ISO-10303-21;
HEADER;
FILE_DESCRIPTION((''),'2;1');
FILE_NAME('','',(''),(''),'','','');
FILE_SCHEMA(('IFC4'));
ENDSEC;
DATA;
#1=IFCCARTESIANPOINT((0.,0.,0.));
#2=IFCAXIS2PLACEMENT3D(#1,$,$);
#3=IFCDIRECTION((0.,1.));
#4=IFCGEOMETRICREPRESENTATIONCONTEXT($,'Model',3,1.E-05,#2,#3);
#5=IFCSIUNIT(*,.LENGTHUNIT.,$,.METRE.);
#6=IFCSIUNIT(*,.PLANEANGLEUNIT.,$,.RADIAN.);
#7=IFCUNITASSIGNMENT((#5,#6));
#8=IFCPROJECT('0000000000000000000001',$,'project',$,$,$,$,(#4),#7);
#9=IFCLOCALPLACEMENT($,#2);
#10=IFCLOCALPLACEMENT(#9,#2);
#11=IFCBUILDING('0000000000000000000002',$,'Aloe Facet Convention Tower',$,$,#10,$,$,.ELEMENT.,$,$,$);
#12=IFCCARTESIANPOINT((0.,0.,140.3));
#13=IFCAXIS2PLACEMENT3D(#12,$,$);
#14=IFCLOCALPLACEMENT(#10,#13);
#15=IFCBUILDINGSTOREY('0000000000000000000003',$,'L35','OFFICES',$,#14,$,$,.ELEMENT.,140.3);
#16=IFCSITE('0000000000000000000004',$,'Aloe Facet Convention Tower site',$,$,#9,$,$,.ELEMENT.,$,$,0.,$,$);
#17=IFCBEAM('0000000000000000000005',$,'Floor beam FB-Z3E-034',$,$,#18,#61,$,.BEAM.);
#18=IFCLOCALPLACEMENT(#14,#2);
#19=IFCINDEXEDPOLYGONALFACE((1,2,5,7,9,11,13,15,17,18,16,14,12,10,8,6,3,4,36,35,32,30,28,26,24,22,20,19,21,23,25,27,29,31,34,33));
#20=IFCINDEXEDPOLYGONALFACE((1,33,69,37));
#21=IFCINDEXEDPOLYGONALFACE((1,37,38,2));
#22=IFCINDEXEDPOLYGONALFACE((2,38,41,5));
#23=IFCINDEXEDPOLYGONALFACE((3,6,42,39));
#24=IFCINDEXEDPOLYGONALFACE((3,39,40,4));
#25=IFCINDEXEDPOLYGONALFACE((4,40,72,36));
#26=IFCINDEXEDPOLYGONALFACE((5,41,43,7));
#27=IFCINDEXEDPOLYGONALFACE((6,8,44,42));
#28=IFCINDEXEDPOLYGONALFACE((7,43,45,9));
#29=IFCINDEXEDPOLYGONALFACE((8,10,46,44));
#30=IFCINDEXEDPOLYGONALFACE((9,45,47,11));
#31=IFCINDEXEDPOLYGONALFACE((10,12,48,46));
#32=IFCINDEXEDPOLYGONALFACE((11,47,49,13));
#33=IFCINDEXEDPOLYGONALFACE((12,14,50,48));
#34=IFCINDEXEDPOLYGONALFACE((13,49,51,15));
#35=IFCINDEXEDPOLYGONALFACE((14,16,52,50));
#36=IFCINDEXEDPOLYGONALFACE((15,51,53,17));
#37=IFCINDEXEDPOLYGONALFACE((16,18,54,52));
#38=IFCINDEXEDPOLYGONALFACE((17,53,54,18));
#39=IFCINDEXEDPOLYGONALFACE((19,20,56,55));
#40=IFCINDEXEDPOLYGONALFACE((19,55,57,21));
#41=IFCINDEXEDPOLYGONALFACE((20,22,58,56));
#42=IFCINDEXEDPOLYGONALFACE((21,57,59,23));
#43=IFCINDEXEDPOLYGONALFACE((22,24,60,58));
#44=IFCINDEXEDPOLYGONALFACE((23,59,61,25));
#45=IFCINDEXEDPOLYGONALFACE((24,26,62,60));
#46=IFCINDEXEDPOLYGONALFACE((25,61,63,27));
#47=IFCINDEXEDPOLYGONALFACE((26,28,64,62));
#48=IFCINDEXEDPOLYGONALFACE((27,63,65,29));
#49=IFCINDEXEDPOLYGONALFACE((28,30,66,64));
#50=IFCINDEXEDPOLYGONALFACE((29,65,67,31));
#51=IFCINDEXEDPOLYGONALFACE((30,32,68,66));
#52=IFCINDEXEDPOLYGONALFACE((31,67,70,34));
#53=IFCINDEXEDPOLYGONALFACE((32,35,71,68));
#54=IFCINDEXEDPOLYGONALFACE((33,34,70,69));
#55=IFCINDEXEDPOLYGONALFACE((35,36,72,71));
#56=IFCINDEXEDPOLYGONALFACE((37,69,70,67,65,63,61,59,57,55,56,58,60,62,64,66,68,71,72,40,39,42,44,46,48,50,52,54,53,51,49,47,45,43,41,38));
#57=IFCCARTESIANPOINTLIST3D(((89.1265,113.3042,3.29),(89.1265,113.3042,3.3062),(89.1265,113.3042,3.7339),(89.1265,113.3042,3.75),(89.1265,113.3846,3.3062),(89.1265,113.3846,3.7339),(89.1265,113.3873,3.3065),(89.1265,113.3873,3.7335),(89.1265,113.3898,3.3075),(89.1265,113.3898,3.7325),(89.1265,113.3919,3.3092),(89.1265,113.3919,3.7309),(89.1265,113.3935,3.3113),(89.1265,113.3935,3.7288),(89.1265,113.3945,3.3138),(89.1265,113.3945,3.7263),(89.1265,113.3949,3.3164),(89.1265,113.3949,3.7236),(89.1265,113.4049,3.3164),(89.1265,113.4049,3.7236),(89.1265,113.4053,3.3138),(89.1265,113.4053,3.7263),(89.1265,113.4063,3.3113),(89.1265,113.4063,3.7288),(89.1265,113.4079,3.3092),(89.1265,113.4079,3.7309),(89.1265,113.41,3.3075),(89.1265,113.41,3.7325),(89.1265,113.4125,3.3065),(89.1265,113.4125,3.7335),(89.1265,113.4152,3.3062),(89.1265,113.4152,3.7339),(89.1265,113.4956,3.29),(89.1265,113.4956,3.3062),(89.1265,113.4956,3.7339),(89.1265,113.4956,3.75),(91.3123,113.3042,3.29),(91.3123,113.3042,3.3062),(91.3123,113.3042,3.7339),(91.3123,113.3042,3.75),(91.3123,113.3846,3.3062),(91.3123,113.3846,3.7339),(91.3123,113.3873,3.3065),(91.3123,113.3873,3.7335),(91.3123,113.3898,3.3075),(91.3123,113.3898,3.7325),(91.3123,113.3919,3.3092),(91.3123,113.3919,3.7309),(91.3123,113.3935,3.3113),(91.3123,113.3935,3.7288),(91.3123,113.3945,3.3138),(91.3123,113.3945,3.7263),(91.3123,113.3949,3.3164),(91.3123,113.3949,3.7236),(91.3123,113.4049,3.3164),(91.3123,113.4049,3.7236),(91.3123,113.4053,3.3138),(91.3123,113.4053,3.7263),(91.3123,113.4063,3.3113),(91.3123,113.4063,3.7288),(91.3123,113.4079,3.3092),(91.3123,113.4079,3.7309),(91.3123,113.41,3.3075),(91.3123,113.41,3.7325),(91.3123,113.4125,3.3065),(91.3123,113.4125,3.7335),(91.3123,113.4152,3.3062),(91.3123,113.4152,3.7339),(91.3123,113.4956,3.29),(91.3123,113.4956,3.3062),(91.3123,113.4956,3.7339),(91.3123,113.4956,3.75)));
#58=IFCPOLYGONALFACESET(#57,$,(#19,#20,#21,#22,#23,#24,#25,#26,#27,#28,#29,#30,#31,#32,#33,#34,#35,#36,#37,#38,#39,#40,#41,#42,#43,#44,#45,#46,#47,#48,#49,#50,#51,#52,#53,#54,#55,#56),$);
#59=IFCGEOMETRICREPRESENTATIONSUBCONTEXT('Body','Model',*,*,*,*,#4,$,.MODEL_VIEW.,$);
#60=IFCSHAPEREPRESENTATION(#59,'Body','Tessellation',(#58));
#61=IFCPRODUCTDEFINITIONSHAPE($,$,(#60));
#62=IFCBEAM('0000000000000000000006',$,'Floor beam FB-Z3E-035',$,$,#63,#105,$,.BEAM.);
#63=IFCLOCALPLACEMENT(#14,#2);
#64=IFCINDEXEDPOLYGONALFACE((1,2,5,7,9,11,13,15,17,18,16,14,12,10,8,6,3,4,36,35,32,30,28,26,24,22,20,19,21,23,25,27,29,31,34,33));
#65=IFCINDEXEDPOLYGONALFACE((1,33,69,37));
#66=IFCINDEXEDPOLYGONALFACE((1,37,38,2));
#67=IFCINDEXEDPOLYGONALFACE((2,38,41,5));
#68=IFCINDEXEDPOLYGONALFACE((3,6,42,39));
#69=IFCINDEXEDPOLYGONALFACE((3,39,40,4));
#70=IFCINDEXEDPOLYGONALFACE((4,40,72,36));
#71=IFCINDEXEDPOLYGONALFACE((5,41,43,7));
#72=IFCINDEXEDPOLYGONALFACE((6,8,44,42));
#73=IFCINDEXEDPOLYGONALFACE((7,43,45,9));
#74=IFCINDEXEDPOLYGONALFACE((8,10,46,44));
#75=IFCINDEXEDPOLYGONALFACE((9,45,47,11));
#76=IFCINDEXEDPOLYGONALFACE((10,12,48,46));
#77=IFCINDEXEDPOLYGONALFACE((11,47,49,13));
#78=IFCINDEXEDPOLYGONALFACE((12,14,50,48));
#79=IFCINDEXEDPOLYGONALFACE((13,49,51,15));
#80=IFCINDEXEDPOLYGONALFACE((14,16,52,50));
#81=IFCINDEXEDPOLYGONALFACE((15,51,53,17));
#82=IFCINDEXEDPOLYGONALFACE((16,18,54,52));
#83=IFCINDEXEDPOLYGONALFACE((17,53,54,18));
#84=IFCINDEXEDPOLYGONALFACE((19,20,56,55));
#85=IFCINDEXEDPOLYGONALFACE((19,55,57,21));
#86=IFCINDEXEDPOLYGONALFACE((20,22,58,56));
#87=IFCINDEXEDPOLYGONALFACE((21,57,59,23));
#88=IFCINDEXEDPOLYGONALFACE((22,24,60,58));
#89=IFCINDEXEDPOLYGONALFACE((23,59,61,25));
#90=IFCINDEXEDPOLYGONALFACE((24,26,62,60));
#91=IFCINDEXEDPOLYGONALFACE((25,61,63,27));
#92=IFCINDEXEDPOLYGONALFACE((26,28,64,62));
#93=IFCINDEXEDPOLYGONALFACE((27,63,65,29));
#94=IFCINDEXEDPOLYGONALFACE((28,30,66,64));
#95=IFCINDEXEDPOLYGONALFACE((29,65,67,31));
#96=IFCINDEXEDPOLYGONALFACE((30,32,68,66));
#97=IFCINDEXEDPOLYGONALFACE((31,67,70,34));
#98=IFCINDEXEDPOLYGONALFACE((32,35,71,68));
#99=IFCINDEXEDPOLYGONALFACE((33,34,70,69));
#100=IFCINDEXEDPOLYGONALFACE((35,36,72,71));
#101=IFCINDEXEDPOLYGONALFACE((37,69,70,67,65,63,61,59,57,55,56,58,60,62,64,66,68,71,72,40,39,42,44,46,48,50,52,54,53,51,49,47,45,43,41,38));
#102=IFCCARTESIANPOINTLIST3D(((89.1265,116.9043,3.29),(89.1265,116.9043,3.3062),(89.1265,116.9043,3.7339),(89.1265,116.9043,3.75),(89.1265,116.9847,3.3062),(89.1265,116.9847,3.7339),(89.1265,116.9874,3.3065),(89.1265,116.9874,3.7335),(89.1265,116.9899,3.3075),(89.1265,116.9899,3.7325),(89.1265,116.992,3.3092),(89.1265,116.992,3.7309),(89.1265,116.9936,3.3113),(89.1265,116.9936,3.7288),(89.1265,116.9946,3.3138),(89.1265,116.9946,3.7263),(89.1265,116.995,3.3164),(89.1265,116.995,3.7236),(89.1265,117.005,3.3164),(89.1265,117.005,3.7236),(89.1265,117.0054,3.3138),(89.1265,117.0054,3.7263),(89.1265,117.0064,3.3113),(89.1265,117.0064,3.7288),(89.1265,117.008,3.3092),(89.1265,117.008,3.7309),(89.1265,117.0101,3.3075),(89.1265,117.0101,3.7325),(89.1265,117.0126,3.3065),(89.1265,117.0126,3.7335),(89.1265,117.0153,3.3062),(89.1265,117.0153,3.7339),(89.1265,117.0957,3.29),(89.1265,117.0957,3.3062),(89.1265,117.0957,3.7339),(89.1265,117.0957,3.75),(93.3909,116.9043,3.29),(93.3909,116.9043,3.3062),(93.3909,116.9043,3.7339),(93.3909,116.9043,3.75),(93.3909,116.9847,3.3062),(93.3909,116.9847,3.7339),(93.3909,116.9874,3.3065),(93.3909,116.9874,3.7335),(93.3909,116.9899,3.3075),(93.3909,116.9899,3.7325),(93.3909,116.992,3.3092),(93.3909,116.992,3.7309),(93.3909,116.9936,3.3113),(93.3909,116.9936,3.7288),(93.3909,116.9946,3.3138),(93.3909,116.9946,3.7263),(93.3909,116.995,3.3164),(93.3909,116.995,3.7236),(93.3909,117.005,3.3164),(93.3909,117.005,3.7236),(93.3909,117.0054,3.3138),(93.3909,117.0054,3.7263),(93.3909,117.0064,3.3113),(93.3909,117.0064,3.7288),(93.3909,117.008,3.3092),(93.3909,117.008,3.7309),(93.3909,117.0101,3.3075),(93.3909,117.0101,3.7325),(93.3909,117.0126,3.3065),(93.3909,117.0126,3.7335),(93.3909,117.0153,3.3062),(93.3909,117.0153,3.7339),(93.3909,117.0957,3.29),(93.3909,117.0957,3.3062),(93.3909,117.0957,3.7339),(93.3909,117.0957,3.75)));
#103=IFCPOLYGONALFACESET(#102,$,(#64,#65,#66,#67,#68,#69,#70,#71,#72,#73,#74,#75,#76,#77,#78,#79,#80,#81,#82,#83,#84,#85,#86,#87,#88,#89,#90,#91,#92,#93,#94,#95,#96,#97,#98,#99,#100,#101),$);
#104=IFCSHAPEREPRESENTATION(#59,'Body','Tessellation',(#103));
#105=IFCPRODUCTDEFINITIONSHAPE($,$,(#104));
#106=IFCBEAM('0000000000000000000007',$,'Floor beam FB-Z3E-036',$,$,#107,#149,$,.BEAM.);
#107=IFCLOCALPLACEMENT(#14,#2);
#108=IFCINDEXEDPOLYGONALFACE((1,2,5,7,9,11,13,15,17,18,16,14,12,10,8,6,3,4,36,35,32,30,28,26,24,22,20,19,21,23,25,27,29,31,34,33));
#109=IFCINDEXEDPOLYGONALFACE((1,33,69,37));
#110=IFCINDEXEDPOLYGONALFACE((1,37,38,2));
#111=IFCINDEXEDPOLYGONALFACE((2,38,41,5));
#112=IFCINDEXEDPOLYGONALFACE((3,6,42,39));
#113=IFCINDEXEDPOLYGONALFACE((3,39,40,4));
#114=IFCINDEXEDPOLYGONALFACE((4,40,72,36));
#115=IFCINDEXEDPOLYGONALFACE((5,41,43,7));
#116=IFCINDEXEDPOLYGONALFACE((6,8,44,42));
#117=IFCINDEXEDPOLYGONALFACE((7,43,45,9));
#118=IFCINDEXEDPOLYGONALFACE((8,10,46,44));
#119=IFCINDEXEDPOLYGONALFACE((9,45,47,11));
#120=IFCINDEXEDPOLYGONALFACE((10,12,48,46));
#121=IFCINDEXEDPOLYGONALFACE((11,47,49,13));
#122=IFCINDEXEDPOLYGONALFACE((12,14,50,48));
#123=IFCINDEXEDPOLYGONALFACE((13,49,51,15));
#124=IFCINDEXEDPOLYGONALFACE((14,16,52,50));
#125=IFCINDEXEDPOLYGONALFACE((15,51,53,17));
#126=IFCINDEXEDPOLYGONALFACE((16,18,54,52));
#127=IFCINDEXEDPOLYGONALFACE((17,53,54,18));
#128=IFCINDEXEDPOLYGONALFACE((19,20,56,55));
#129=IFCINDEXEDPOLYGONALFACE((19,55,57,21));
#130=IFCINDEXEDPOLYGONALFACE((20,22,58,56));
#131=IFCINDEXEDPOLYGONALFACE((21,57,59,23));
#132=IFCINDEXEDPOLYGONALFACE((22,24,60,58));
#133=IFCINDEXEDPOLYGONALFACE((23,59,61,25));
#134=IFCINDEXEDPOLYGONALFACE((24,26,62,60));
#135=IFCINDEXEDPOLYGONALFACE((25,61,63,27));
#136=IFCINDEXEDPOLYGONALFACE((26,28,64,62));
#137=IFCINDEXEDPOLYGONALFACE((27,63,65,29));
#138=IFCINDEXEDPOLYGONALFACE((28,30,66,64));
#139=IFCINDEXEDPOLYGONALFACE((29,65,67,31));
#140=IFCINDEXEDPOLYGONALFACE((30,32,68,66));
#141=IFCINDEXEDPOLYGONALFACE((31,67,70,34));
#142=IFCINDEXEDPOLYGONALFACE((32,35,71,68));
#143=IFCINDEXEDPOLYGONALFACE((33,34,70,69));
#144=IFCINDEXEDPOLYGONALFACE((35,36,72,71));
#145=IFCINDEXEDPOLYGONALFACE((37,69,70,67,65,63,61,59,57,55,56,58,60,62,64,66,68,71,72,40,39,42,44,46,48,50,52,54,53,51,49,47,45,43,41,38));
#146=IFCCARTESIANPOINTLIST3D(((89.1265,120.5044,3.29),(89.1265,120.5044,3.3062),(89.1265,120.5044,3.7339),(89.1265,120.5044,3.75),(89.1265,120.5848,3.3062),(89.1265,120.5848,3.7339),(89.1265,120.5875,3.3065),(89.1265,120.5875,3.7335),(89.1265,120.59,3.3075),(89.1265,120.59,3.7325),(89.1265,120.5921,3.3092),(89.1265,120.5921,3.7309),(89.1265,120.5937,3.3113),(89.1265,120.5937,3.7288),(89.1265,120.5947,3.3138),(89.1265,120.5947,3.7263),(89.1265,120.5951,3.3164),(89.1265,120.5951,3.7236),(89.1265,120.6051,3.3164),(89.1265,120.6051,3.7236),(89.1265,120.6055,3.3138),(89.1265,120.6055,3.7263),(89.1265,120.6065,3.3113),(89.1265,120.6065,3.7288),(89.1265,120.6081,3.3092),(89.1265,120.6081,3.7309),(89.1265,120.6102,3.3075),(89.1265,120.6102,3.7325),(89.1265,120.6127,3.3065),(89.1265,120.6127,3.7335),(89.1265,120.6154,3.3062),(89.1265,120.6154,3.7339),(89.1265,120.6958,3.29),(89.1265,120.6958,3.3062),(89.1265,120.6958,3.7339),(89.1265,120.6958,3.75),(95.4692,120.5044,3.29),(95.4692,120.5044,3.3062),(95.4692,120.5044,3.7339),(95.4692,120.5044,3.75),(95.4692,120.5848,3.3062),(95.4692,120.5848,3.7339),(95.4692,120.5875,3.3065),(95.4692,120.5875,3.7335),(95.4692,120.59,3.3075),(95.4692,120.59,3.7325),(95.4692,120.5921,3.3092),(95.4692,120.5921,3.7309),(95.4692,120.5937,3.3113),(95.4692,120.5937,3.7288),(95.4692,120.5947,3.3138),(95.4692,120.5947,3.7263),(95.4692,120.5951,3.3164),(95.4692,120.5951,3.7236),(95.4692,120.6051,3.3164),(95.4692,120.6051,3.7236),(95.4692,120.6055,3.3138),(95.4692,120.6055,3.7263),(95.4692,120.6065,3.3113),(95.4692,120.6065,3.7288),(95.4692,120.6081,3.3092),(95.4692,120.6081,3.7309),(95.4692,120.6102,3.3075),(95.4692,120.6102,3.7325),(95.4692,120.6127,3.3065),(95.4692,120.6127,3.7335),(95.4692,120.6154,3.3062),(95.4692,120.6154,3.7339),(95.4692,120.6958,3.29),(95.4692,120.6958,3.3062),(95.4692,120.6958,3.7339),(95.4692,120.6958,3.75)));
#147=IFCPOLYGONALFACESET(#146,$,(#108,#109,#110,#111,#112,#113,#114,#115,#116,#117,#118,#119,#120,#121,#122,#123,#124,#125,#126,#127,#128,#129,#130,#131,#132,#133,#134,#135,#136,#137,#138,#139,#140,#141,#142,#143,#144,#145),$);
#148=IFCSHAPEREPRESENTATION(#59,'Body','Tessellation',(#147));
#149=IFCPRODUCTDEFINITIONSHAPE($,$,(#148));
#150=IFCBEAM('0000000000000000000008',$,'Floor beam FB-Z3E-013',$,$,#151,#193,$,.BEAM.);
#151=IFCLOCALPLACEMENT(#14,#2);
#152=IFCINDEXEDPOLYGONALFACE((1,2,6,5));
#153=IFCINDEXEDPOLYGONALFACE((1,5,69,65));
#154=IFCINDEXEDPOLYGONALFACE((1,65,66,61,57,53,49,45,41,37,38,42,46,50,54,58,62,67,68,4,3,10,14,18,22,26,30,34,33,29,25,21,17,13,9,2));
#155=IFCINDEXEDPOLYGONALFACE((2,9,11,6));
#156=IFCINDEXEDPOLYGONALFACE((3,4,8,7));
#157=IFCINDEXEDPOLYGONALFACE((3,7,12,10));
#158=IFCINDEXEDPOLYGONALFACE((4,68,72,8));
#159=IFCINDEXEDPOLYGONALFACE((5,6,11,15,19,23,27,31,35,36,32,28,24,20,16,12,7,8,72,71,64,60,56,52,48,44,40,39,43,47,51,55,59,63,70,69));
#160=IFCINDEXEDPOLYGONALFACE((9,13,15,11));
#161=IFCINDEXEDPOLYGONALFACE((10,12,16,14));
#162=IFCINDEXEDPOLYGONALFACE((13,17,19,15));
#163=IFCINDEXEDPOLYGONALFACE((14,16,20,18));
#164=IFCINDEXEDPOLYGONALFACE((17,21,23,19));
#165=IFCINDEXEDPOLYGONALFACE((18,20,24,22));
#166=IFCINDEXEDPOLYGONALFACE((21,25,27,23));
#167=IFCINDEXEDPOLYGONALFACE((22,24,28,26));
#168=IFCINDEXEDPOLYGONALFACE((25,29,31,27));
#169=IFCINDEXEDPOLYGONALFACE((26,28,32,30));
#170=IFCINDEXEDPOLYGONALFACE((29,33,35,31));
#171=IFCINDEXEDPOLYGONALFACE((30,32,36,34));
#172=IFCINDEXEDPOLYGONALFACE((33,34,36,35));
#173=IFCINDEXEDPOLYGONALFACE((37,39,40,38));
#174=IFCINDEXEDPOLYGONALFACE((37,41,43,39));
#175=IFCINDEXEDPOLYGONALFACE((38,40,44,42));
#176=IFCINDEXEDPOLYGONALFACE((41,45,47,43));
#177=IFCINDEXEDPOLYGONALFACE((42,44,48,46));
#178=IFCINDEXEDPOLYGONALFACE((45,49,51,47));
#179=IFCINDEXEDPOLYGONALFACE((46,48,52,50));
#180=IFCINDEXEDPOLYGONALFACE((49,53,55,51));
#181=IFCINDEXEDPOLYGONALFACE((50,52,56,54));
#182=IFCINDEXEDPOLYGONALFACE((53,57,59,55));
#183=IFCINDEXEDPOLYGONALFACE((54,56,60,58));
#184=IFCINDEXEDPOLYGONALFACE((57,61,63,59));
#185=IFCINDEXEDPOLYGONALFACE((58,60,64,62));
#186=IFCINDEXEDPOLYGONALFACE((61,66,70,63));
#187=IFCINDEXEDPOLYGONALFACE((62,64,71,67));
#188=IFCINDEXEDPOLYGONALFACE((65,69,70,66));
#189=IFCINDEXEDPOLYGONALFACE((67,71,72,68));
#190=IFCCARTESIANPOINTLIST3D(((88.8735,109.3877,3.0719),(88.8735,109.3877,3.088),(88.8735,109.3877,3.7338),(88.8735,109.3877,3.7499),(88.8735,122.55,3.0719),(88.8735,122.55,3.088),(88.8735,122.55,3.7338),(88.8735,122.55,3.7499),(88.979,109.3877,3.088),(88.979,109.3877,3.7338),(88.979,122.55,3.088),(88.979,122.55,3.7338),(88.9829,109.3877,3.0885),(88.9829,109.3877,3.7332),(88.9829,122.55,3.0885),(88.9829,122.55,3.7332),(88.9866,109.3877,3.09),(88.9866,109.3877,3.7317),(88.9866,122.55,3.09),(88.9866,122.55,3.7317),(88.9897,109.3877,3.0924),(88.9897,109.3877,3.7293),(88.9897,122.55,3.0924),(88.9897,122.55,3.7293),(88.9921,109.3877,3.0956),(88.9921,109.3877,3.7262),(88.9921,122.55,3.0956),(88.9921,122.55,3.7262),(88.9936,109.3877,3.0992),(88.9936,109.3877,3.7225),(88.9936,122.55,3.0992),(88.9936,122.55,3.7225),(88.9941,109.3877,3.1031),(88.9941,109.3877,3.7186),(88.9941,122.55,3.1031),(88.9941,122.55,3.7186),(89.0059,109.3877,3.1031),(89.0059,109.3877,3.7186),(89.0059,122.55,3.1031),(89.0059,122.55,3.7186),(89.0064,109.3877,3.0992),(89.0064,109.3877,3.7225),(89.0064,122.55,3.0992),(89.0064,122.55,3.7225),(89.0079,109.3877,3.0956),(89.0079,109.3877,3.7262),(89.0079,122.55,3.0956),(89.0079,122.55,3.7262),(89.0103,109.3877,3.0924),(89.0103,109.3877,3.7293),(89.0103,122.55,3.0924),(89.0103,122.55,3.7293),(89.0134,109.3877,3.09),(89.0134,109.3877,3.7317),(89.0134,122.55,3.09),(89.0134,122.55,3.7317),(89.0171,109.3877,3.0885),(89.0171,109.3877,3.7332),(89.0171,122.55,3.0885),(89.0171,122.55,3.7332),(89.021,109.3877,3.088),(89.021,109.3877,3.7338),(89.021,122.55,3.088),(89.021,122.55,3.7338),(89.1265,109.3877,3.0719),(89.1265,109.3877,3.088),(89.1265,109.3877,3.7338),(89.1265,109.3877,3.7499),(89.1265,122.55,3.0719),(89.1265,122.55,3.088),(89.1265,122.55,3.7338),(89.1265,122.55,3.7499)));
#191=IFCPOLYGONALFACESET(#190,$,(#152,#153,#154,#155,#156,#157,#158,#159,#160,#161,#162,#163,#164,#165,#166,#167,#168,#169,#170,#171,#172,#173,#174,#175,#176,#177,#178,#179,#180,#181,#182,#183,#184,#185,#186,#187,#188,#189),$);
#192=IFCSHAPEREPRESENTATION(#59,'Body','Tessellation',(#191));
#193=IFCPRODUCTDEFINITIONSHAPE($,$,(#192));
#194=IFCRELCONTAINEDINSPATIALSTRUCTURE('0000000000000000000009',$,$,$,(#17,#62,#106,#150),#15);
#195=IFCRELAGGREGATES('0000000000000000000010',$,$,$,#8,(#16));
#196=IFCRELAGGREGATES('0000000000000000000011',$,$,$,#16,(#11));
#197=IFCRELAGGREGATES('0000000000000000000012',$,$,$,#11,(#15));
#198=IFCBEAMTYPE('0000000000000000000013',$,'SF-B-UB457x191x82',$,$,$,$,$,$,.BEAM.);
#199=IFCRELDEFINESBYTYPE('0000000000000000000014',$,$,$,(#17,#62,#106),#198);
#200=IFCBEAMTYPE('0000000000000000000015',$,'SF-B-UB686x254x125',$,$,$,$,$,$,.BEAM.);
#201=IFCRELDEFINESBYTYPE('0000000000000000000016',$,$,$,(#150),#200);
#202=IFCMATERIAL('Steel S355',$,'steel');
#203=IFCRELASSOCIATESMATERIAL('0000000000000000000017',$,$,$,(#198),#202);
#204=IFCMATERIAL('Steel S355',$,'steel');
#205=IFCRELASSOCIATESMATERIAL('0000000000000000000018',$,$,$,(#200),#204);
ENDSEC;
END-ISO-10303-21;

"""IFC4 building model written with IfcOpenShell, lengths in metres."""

from ifc_helpers import new_model, si_unit, direction, frame, origin, origin_2d, place, context, subcontext, project, spatial, i_section, extrude, material, material_profile, profile_set, type_object, element, save


model = new_model("IFC4")

# Units and contexts
model_context = context("Model", 3, precision=1e-05, world=origin(), true_north=direction((0.0, 1.0)))
body_context = subcontext(model_context, "Body", "Model", "MODEL_VIEW")
ifc_project = project(units=[si_unit("LENGTHUNIT", "METRE"), si_unit("PLANEANGLEUNIT", "RADIAN")], contexts=[model_context])

# Site, building, storey
site_placement = place(None, origin())
site = spatial("IfcSite", under=ifc_project, at=site_placement, Name="Aloe Facet Convention Tower site", CompositionType="ELEMENT", RefElevation=0.0)
building_placement = place(site_placement, origin())
building = spatial("IfcBuilding", under=site, at=building_placement, Name="Aloe Facet Convention Tower", CompositionType="ELEMENT")
storey_placement = place(building_placement, frame((0.0, 0.0, 140.3)))
storey = spatial("IfcBuildingStorey", under=building, at=storey_placement, Name="L35", Description="OFFICES", CompositionType="ELEMENT", Elevation=140.3)

# Beams
ifc_material_1 = material(Name="Steel S355", Category="steel")
ifc_material_profile_1 = material_profile(ifc_material_1, i_section(OverallWidth=0.1914, OverallDepth=0.46, WebThickness=0.01, FlangeThickness=0.0161, FilletRadius=0.0103, at=origin_2d()), Name="UB 457x191x82")
ifc_profile_set_1 = profile_set([ifc_material_profile_1], Name="Steel S355")
beam_type_1 = type_object("IfcBeamType", Name="SF-B-UB457x191x82", PredefinedType="BEAM", material=ifc_profile_set_1)
beam_1_placement = place(storey_placement, frame((89.1265, 113.3999, 3.52), z_axis=(1.0, 0.0, 0.0), x_axis=(0.0, 1.0, 0.0)))
element("IfcBeam", 1, at=beam_1_placement, inside=storey, type_object=beam_type_1, Name="Floor beam FB-Z3E-034", PredefinedType="BEAM", context=body_context, shape_type="SweptSolid", body=[
    extrude(i_section(OverallWidth=0.1914, OverallDepth=0.46, WebThickness=0.01, FlangeThickness=0.0161, FilletRadius=0.0103, at=origin_2d()), origin(), (0.0, 0.0, 1.0), 2.1858),
])
beam_2_placement = place(storey_placement, frame((89.1265, 117.0, 3.52), z_axis=(1.0, 0.0, 0.0), x_axis=(0.0, 1.0, 0.0)))
element("IfcBeam", 2, at=beam_2_placement, inside=storey, type_object=beam_type_1, Name="Floor beam FB-Z3E-035", PredefinedType="BEAM", context=body_context, shape_type="SweptSolid", body=[
    extrude(i_section(OverallWidth=0.1914, OverallDepth=0.46, WebThickness=0.01, FlangeThickness=0.0161, FilletRadius=0.0103, at=origin_2d()), origin(), (0.0, 0.0, 1.0), 4.2644),
])
beam_3_placement = place(storey_placement, frame((89.1265, 120.6001, 3.52), z_axis=(1.0, 0.0, 0.0), x_axis=(0.0, 1.0, 0.0)))
element("IfcBeam", 3, at=beam_3_placement, inside=storey, type_object=beam_type_1, Name="Floor beam FB-Z3E-036", PredefinedType="BEAM", context=body_context, shape_type="SweptSolid", body=[
    extrude(i_section(OverallWidth=0.1914, OverallDepth=0.46, WebThickness=0.01, FlangeThickness=0.0161, FilletRadius=0.0103, at=origin_2d()), origin(), (0.0, 0.0, 1.0), 6.3428),
])
ifc_material_2 = material(Name="Steel S355", Category="steel")
ifc_material_profile_2 = material_profile(ifc_material_2, i_section(OverallWidth=0.2529, OverallDepth=0.678, WebThickness=0.0117, FlangeThickness=0.0161, FilletRadius=0.0151, at=origin_2d()), Name="UB 686x254x125")
ifc_profile_set_2 = profile_set([ifc_material_profile_2], Name="Steel S355")
beam_type_2 = type_object("IfcBeamType", Name="SF-B-UB686x254x125", PredefinedType="BEAM", material=ifc_profile_set_2)
beam_4_placement = place(storey_placement, frame((89.0, 122.55, 3.4109), z_axis=(0.0, -1.0, 0.0), x_axis=(1.0, 0.0, 0.0)))
element("IfcBeam", 4, at=beam_4_placement, inside=storey, type_object=beam_type_2, Name="Floor beam FB-Z3E-013", PredefinedType="BEAM", context=body_context, shape_type="SweptSolid", body=[
    extrude(i_section(OverallWidth=0.2529, OverallDepth=0.678, WebThickness=0.0117, FlangeThickness=0.0161, FilletRadius=0.0151, at=origin_2d()), origin(), (0.0, 0.0, 1.0), 13.1624),
])

save(model, "model.ifc")
